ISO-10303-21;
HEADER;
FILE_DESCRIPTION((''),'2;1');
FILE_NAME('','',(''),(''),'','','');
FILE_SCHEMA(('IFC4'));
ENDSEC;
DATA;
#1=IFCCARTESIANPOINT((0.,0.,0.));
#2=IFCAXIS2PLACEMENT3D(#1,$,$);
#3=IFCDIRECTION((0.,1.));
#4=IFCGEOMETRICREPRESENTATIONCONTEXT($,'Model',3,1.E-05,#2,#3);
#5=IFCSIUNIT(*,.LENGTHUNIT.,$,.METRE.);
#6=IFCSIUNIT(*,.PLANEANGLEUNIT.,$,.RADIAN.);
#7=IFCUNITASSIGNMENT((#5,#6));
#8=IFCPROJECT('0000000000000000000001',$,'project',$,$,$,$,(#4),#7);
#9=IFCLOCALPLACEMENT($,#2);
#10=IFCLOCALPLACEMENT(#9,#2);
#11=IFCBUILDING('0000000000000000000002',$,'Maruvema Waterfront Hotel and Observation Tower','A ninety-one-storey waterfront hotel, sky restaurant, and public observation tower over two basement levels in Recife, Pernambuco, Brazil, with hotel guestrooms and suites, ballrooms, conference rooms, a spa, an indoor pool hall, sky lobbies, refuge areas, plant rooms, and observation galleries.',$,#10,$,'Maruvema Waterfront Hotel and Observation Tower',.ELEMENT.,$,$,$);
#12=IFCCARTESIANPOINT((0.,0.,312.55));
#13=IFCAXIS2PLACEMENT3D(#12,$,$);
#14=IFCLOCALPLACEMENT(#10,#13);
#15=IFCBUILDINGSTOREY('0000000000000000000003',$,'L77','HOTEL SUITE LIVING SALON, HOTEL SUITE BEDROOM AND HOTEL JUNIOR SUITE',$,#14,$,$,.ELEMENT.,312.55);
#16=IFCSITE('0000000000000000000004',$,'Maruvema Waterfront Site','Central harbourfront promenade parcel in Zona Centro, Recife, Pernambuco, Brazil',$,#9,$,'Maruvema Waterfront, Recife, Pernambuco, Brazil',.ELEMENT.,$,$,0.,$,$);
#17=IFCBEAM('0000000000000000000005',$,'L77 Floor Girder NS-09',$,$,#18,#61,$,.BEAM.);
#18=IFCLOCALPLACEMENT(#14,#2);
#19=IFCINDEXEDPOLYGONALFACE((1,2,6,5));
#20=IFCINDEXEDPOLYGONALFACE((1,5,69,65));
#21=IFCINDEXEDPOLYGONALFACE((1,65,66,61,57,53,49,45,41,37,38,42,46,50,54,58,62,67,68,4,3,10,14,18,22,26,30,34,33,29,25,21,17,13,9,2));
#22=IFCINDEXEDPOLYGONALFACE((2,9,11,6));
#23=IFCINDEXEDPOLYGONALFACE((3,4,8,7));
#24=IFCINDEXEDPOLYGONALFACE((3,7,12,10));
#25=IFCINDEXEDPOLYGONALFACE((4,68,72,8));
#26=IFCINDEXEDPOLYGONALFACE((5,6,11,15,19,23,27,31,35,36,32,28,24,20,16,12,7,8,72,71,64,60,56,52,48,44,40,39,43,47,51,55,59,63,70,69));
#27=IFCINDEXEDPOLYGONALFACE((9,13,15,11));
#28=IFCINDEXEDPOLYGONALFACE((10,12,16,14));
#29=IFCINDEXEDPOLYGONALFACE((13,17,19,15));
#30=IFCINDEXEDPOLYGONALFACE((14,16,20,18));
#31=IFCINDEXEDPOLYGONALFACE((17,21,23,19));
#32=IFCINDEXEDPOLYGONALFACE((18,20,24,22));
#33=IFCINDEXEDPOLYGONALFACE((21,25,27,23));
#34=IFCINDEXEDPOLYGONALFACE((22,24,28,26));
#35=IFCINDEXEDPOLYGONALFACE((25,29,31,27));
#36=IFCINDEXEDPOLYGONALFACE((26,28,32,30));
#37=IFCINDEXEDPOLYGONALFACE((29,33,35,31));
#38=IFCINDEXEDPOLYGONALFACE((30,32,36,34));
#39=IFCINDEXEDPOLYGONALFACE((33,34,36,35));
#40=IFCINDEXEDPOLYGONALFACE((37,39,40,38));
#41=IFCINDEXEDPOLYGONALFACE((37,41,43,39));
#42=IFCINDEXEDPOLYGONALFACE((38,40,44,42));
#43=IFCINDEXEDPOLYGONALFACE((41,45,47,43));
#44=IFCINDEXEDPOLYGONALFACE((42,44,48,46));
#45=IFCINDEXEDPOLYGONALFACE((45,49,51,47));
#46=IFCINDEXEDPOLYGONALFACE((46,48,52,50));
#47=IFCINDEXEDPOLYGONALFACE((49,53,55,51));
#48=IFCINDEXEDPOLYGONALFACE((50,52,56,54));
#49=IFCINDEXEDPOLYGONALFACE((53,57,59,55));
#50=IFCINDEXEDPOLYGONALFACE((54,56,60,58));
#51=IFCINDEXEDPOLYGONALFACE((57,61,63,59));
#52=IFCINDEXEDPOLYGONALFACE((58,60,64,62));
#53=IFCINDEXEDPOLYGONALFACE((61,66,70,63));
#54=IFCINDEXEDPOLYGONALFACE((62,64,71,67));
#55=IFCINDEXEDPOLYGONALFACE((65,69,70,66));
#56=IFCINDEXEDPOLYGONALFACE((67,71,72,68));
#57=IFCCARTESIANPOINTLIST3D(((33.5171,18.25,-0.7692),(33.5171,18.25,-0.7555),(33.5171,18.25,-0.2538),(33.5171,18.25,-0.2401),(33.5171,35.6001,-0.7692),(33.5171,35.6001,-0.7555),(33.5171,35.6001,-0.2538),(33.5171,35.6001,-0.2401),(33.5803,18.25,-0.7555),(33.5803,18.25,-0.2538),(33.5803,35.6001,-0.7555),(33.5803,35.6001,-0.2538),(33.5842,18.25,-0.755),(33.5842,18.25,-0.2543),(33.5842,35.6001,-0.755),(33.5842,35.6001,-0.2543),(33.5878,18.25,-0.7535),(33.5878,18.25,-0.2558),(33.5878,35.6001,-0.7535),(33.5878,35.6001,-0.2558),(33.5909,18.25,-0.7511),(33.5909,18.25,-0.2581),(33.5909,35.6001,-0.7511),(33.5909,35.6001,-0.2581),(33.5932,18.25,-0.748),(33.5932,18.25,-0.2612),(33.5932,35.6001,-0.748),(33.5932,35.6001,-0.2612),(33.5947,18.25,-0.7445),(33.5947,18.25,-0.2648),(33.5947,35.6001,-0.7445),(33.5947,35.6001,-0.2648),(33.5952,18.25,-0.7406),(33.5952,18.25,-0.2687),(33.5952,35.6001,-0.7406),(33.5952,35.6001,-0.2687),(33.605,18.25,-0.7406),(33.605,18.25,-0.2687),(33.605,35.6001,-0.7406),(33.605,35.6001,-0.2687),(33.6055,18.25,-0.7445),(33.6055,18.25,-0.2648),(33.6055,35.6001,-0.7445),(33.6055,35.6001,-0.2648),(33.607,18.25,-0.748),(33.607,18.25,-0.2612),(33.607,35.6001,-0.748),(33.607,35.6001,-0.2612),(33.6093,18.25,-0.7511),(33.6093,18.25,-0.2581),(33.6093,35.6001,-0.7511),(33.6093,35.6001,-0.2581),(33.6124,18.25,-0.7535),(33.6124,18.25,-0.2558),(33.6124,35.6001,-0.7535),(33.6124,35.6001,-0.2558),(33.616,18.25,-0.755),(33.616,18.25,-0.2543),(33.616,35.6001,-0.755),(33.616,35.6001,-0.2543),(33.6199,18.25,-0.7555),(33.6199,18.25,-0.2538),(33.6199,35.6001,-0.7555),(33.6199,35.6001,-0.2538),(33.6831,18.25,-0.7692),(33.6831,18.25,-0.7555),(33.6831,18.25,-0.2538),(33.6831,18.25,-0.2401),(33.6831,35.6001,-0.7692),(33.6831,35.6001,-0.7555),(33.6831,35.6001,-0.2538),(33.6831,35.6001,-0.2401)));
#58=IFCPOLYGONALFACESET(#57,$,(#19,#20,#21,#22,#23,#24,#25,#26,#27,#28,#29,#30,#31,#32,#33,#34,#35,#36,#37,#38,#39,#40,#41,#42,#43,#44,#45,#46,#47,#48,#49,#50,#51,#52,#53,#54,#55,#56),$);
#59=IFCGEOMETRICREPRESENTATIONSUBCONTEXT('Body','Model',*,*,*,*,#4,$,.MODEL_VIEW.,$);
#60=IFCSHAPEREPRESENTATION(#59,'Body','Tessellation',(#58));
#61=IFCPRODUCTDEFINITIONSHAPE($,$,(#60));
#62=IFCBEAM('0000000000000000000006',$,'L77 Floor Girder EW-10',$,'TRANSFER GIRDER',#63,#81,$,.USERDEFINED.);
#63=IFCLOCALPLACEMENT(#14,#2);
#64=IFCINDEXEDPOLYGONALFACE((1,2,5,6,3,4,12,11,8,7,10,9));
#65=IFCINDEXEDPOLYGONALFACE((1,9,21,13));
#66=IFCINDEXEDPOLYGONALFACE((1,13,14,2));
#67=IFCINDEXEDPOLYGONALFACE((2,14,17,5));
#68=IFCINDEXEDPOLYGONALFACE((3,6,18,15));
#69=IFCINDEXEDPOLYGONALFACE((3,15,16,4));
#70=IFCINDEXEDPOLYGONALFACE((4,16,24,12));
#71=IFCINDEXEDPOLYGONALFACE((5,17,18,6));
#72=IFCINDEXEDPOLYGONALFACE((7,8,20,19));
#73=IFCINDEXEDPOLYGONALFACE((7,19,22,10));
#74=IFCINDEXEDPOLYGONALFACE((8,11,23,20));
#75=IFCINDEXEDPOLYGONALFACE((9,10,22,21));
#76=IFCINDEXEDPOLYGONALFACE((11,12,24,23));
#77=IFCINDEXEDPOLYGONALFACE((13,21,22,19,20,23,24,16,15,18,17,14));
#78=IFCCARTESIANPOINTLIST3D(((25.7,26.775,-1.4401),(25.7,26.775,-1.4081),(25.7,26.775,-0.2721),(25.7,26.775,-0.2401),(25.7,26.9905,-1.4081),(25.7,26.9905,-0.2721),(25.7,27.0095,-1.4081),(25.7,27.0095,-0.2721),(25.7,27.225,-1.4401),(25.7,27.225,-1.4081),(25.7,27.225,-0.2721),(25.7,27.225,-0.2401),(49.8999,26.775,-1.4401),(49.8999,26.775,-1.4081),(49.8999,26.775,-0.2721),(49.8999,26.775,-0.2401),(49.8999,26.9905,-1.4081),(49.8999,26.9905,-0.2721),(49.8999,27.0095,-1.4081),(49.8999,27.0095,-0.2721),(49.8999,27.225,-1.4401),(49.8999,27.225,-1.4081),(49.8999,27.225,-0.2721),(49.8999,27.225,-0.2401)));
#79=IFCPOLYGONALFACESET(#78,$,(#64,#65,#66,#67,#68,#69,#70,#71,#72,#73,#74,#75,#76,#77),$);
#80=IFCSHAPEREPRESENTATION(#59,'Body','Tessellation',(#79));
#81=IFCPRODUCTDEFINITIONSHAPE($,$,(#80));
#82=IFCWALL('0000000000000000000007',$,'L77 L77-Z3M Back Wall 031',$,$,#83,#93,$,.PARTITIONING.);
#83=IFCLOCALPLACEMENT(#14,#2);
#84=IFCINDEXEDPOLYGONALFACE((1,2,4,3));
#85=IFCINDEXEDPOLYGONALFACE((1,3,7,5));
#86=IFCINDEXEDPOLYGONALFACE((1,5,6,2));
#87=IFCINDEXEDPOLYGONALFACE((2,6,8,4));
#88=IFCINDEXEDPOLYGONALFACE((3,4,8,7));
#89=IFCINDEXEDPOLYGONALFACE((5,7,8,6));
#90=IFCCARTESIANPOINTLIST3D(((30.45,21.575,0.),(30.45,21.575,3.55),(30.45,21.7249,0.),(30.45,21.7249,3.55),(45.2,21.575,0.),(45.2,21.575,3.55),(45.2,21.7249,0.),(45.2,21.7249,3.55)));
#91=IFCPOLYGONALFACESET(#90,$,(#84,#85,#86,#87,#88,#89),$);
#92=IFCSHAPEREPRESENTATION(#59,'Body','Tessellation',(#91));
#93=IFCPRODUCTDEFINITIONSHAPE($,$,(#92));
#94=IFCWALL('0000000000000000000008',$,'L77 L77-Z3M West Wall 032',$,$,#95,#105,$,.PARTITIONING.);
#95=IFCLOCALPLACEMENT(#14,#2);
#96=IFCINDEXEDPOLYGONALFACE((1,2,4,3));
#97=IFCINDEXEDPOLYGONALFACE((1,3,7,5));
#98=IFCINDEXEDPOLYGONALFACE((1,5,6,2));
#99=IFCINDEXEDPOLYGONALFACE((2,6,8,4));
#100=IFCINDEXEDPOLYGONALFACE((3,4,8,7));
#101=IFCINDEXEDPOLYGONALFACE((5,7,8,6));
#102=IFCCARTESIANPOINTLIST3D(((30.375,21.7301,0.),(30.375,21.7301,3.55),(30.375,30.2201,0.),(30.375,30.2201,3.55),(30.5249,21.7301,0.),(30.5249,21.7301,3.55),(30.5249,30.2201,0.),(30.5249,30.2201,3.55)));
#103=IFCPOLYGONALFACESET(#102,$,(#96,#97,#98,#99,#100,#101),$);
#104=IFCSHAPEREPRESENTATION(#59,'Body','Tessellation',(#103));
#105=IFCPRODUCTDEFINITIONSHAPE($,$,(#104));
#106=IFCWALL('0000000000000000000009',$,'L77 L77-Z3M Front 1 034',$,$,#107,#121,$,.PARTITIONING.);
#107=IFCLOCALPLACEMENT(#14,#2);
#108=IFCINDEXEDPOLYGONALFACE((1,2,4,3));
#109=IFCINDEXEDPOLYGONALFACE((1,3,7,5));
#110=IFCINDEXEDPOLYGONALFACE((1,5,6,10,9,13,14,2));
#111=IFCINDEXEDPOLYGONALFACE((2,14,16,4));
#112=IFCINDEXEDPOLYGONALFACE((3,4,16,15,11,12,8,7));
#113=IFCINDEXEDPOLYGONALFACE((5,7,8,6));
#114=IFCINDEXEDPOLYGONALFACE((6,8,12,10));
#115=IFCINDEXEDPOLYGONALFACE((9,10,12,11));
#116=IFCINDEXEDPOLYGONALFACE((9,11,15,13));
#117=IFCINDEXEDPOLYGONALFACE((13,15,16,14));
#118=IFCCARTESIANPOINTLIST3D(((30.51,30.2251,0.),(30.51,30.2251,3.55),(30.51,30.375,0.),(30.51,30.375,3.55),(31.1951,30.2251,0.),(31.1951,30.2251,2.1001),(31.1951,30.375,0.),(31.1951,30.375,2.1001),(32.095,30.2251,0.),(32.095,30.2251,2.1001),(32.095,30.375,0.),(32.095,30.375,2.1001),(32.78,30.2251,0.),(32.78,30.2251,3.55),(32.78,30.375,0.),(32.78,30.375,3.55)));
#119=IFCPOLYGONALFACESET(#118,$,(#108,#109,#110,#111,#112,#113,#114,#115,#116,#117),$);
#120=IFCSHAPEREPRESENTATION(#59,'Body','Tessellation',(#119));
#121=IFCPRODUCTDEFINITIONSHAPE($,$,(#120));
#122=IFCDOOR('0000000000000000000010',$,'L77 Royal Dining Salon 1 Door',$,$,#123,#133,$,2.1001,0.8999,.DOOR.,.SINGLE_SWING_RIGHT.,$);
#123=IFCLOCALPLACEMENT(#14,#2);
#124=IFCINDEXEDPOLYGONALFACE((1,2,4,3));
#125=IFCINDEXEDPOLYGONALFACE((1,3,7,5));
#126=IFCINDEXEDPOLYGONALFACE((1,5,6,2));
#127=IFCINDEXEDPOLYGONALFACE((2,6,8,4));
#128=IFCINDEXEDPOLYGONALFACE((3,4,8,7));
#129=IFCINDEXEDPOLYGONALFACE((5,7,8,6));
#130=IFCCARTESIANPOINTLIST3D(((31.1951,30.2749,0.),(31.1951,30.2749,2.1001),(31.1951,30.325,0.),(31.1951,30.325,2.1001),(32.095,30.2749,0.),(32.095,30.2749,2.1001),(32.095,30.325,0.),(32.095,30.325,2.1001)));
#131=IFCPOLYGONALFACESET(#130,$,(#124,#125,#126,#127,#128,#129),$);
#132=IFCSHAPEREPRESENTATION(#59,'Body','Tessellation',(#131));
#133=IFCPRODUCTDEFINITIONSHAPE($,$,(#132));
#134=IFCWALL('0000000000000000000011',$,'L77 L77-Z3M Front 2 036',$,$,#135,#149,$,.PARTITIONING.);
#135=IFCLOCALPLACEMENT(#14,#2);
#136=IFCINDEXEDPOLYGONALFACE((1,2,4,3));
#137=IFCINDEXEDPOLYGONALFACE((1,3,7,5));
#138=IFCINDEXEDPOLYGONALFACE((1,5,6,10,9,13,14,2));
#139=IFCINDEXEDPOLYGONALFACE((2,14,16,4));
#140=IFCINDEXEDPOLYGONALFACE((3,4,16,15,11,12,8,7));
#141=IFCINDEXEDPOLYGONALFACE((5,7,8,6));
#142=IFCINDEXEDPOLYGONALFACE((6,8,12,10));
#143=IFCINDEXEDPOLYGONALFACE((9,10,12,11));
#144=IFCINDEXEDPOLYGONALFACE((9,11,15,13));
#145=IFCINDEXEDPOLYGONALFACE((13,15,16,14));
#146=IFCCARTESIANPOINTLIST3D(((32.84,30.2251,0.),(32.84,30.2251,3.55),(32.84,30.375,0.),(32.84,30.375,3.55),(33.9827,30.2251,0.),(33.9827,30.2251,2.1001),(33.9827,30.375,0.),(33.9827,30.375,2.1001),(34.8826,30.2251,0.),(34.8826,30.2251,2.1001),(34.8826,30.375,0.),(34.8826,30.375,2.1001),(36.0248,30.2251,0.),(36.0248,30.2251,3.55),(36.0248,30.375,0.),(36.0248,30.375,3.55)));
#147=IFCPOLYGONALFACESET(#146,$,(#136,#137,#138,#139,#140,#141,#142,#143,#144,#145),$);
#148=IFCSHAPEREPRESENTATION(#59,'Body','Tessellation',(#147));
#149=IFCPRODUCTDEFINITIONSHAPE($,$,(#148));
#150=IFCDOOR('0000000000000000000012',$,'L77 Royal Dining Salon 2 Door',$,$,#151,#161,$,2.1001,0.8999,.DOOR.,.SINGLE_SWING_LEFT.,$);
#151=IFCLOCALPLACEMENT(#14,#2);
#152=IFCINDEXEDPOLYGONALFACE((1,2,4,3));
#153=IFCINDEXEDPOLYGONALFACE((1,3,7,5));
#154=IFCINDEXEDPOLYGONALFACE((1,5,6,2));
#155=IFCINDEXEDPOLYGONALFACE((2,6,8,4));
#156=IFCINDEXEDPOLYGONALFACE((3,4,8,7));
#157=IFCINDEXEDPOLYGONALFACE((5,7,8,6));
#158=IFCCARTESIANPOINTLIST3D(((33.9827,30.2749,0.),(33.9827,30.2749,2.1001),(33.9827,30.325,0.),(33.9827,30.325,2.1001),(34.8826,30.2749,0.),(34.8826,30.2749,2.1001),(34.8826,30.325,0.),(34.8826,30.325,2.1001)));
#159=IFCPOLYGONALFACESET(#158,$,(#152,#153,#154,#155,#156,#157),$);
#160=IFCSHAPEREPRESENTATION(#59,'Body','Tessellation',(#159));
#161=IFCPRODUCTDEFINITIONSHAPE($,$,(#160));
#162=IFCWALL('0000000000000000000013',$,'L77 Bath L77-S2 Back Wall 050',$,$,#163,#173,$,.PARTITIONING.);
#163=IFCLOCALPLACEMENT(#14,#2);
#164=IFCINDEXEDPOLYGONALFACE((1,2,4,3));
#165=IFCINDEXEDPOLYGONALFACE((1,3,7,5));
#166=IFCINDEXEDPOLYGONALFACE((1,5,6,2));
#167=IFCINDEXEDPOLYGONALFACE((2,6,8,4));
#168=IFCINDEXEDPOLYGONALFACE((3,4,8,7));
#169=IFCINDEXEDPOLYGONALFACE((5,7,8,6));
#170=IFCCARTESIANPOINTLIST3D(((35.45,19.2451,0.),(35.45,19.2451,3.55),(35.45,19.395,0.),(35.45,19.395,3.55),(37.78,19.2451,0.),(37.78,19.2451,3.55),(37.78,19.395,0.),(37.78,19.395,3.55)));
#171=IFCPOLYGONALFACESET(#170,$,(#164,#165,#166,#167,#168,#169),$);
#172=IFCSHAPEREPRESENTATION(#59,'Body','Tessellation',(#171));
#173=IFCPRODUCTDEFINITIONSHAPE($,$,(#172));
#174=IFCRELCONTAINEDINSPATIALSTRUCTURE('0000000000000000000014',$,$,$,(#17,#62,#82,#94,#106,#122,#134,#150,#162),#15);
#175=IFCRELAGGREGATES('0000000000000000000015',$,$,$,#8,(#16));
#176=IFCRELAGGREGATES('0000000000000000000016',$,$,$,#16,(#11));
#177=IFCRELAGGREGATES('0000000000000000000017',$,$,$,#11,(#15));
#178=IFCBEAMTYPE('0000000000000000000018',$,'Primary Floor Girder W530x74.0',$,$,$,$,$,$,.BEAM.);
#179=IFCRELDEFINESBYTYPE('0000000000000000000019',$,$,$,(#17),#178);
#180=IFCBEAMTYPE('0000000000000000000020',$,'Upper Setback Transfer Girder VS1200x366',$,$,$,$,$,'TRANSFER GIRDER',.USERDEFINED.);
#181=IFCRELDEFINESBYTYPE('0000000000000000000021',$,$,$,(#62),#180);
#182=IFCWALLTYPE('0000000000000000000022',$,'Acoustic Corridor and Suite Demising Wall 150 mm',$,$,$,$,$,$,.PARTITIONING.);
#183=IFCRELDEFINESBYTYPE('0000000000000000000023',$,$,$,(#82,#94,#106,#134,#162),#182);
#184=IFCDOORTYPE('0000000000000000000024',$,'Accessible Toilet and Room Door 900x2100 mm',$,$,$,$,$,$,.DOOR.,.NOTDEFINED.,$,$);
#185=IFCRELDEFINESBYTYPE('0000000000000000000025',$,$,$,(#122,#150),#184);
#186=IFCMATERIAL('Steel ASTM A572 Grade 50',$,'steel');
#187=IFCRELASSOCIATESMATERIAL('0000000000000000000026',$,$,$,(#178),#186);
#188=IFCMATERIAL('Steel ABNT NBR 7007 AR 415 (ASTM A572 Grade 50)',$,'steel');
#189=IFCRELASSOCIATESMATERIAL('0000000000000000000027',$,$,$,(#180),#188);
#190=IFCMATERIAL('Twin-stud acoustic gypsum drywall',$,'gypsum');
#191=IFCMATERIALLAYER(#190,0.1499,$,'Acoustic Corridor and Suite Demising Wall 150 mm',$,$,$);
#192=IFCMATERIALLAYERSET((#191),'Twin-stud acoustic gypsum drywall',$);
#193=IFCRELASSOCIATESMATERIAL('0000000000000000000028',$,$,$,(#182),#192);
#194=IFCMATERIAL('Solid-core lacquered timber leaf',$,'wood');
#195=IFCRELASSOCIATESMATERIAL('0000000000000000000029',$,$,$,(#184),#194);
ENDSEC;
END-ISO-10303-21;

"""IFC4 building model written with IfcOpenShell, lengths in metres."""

from ifc_helpers import new_model, si_unit, direction, frame, frame_2d, origin, origin_2d, place, context, subcontext, project, spatial, rectangle, i_section, extrude, material, layer, layer_set, material_profile, profile_set, type_object, element, fill, save


model = new_model("IFC4")

# Units and contexts
model_context = context("Model", 3, precision=1e-05, world=origin(), true_north=direction((0.0, 1.0)))
body_context = subcontext(model_context, "Body", "Model", "MODEL_VIEW")
ifc_project = project(units=[si_unit("LENGTHUNIT", "METRE"), si_unit("PLANEANGLEUNIT", "RADIAN")], contexts=[model_context])

# Site, building, storey
site_placement = place(None, origin())
site = spatial("IfcSite", under=ifc_project, at=site_placement, Name="Maruvema Waterfront Site", Description="Central harbourfront promenade parcel in Zona Centro, Recife, Pernambuco, Brazil", LongName="Maruvema Waterfront, Recife, Pernambuco, Brazil", CompositionType="ELEMENT", RefElevation=0.0)
building_placement = place(site_placement, origin())
building = spatial("IfcBuilding", under=site, at=building_placement, Name="Maruvema Waterfront Hotel and Observation Tower", Description="A ninety-one-storey waterfront hotel, sky restaurant, and public observation tower over two basement levels in Recife, Pernambuco, Brazil, with hotel guestrooms and suites, ballrooms, conference rooms, a spa, an indoor pool hall, sky lobbies, refuge areas, plant rooms, and observation galleries.", LongName="Maruvema Waterfront Hotel and Observation Tower", CompositionType="ELEMENT")
storey_placement = place(building_placement, frame((0.0, 0.0, 312.55)))
storey = spatial("IfcBuildingStorey", under=building, at=storey_placement, Name="L77", Description="HOTEL SUITE LIVING SALON, HOTEL SUITE BEDROOM AND HOTEL JUNIOR SUITE", CompositionType="ELEMENT", Elevation=312.55)

# Beams
ifc_material_1 = material(Name="Steel ASTM A572 Grade 50", Category="steel")
ifc_material_profile_1 = material_profile(ifc_material_1, i_section(OverallWidth=0.166, OverallDepth=0.5291, WebThickness=0.0098, FlangeThickness=0.0137, FilletRadius=0.0149, at=origin_2d()), Name="W530x74.0")
ifc_profile_set_1 = profile_set([ifc_material_profile_1], Name="Steel ASTM A572 Grade 50")
beam_type_1 = type_object("IfcBeamType", Name="Primary Floor Girder W530x74.0", PredefinedType="BEAM", material=ifc_profile_set_1)
beam_1_placement = place(storey_placement, frame((33.6001, 18.25, -0.5046), z_axis=(0.0, 1.0, 0.0), x_axis=(-1.0, 0.0, 0.0)))
element("IfcBeam", 1, at=beam_1_placement, inside=storey, type_object=beam_type_1, Name="L77 Floor Girder NS-09", PredefinedType="BEAM", context=body_context, shape_type="SweptSolid", body=[
    extrude(i_section(OverallWidth=0.166, OverallDepth=0.5291, WebThickness=0.0098, FlangeThickness=0.0137, FilletRadius=0.0149, at=origin_2d()), origin(), (0.0, 0.0, 1.0), 17.3501),
])
ifc_material_2 = material(Name="Steel ABNT NBR 7007 AR 415 (ASTM A572 Grade 50)", Category="steel")
ifc_material_profile_2 = material_profile(ifc_material_2, i_section(OverallWidth=0.45, OverallDepth=1.2, WebThickness=0.019, FlangeThickness=0.032, at=origin_2d()), Name="VS1200x366")
ifc_profile_set_2 = profile_set([ifc_material_profile_2], Name="Steel ABNT NBR 7007 AR 415 (ASTM A572 Grade 50)")
beam_type_2 = type_object("IfcBeamType", Name="Upper Setback Transfer Girder VS1200x366", ElementType="TRANSFER GIRDER", PredefinedType="USERDEFINED", material=ifc_profile_set_2)
beam_2_placement = place(storey_placement, frame((25.7, 27.0, -0.8401), z_axis=(1.0, 0.0, 0.0), x_axis=(0.0, 1.0, 0.0)))
element("IfcBeam", 2, at=beam_2_placement, inside=storey, type_object=beam_type_2, Name="L77 Floor Girder EW-10", ObjectType="TRANSFER GIRDER", PredefinedType="USERDEFINED", context=body_context, shape_type="SweptSolid", body=[
    extrude(i_section(OverallWidth=0.45, OverallDepth=1.2, WebThickness=0.019, FlangeThickness=0.032, at=origin_2d()), origin(), (0.0, 0.0, 1.0), 24.2),
])

# Walls
ifc_material_3 = material(Name="Twin-stud acoustic gypsum drywall", Category="gypsum")
ifc_layer_1 = layer(ifc_material_3, 0.1499, Name="Acoustic Corridor and Suite Demising Wall 150 mm")
ifc_layer_set_1 = layer_set([ifc_layer_1], Name="Twin-stud acoustic gypsum drywall")
wall_type_1 = type_object("IfcWallType", Name="Acoustic Corridor and Suite Demising Wall 150 mm", PredefinedType="PARTITIONING", material=ifc_layer_set_1)
wall_1_placement = place(storey_placement, frame((30.45, 21.6499, 0.0), z_axis=(0.0, 0.0, 1.0), x_axis=(1.0, 0.0, 0.0)))
element("IfcWall", 3, at=wall_1_placement, inside=storey, type_object=wall_type_1, Name="L77 L77-Z3M Back Wall 031", PredefinedType="PARTITIONING", context=body_context, shape_type="SweptSolid", body=[
    extrude(rectangle(XDim=14.75, YDim=0.1499, at=frame_2d((7.375, 0.0))), origin(), (0.0, 0.0, 1.0), 3.55),
])
wall_2_placement = place(storey_placement, frame((30.45, 21.73, 0.0), z_axis=(0.0, 0.0, 1.0), x_axis=(0.0, 1.0, 0.0)))
element("IfcWall", 4, at=wall_2_placement, inside=storey, type_object=wall_type_1, Name="L77 L77-Z3M West Wall 032", PredefinedType="PARTITIONING", context=body_context, shape_type="SweptSolid", body=[
    extrude(rectangle(XDim=8.49, YDim=0.1499, at=frame_2d((4.2451, 0.0))), origin(), (0.0, 0.0, 1.0), 3.55),
])

# Walls, openings, doors
wall_3_placement = place(storey_placement, frame((30.51, 30.3, 0.0), z_axis=(0.0, 0.0, 1.0), x_axis=(1.0, 0.0, 0.0)))
wall_3 = element("IfcWall", 5, at=wall_3_placement, inside=storey, type_object=wall_type_1, Name="L77 L77-Z3M Front 1 034", PredefinedType="PARTITIONING", context=body_context, shape_type="SweptSolid", body=[
    extrude(rectangle(XDim=2.27, YDim=0.1499, at=frame_2d((1.135, 0.0))), origin(), (0.0, 0.0, 1.0), 3.55),
])
opening_1_placement = place(wall_3_placement, frame((0.6851, 0.0, 0.0)))
opening_1 = element("IfcOpeningElement", 6, at=opening_1_placement, cuts=wall_3, PredefinedType="OPENING", context=body_context, shape_type="SweptSolid", body=[
    extrude(rectangle(XDim=0.8999, YDim=2.1001, at=frame_2d((0.45, 1.05))), frame((0.0, 0.085, 0.0), z_axis=(0.0, -1.0, 0.0), x_axis=(1.0, 0.0, 0.0)), (0.0, 0.0, 1.0), 0.1699),
])
ifc_material_4 = material(Name="Solid-core lacquered timber leaf", Category="wood")
door_type_1 = type_object("IfcDoorType", Name="Accessible Toilet and Room Door 900x2100 mm", OperationType="NOTDEFINED", PredefinedType="DOOR", material=ifc_material_4)
door_1_placement = place(opening_1_placement, origin())
door_1 = element("IfcDoor", 7, at=door_1_placement, inside=storey, type_object=door_type_1, Name="L77 Royal Dining Salon 1 Door", OperationType="SINGLE_SWING_RIGHT", OverallHeight=2.1001, OverallWidth=0.8999, PredefinedType="DOOR", context=body_context, shape_type="SweptSolid", body=[
    extrude(rectangle(XDim=0.8999, YDim=2.1001, at=frame_2d((0.45, 1.05))), frame((0.0, 0.0249, 0.0), z_axis=(0.0, -1.0, 0.0), x_axis=(1.0, 0.0, 0.0)), (0.0, 0.0, 1.0), 0.05),
])
fill(opening_1, door_1)
wall_4_placement = place(storey_placement, frame((32.8401, 30.3, 0.0), z_axis=(0.0, 0.0, 1.0), x_axis=(1.0, 0.0, 0.0)))
wall_4 = element("IfcWall", 8, at=wall_4_placement, inside=storey, type_object=wall_type_1, Name="L77 L77-Z3M Front 2 036", PredefinedType="PARTITIONING", context=body_context, shape_type="SweptSolid", body=[
    extrude(rectangle(XDim=3.1848, YDim=0.1499, at=frame_2d((1.5923, 0.0))), origin(), (0.0, 0.0, 1.0), 3.55),
])
opening_2_placement = place(wall_4_placement, frame((1.1426, 0.0, 0.0)))
opening_2 = element("IfcOpeningElement", 9, at=opening_2_placement, cuts=wall_4, PredefinedType="OPENING", context=body_context, shape_type="SweptSolid", body=[
    extrude(rectangle(XDim=0.8999, YDim=2.1001, at=frame_2d((0.45, 1.05))), frame((0.0, 0.085, 0.0), z_axis=(0.0, -1.0, 0.0), x_axis=(1.0, 0.0, 0.0)), (0.0, 0.0, 1.0), 0.1699),
])
door_2_placement = place(opening_2_placement, origin())
door_2 = element("IfcDoor", 10, at=door_2_placement, inside=storey, type_object=door_type_1, Name="L77 Royal Dining Salon 2 Door", OperationType="SINGLE_SWING_LEFT", OverallHeight=2.1001, OverallWidth=0.8999, PredefinedType="DOOR", context=body_context, shape_type="SweptSolid", body=[
    extrude(rectangle(XDim=0.8999, YDim=2.1001, at=frame_2d((0.45, 1.05))), frame((0.0, 0.0249, 0.0), z_axis=(0.0, -1.0, 0.0), x_axis=(1.0, 0.0, 0.0)), (0.0, 0.0, 1.0), 0.05),
])
fill(opening_2, door_2)

# Wall
wall_5_placement = place(storey_placement, frame((35.45, 19.3201, 0.0), z_axis=(0.0, 0.0, 1.0), x_axis=(1.0, 0.0, 0.0)))
element("IfcWall", 11, at=wall_5_placement, inside=storey, type_object=wall_type_1, Name="L77 Bath L77-S2 Back Wall 050", PredefinedType="PARTITIONING", context=body_context, shape_type="SweptSolid", body=[
    extrude(rectangle(XDim=2.3301, YDim=0.1499, at=frame_2d((1.165, 0.0))), origin(), (0.0, 0.0, 1.0), 3.55),
])

save(model, "model.ifc")
